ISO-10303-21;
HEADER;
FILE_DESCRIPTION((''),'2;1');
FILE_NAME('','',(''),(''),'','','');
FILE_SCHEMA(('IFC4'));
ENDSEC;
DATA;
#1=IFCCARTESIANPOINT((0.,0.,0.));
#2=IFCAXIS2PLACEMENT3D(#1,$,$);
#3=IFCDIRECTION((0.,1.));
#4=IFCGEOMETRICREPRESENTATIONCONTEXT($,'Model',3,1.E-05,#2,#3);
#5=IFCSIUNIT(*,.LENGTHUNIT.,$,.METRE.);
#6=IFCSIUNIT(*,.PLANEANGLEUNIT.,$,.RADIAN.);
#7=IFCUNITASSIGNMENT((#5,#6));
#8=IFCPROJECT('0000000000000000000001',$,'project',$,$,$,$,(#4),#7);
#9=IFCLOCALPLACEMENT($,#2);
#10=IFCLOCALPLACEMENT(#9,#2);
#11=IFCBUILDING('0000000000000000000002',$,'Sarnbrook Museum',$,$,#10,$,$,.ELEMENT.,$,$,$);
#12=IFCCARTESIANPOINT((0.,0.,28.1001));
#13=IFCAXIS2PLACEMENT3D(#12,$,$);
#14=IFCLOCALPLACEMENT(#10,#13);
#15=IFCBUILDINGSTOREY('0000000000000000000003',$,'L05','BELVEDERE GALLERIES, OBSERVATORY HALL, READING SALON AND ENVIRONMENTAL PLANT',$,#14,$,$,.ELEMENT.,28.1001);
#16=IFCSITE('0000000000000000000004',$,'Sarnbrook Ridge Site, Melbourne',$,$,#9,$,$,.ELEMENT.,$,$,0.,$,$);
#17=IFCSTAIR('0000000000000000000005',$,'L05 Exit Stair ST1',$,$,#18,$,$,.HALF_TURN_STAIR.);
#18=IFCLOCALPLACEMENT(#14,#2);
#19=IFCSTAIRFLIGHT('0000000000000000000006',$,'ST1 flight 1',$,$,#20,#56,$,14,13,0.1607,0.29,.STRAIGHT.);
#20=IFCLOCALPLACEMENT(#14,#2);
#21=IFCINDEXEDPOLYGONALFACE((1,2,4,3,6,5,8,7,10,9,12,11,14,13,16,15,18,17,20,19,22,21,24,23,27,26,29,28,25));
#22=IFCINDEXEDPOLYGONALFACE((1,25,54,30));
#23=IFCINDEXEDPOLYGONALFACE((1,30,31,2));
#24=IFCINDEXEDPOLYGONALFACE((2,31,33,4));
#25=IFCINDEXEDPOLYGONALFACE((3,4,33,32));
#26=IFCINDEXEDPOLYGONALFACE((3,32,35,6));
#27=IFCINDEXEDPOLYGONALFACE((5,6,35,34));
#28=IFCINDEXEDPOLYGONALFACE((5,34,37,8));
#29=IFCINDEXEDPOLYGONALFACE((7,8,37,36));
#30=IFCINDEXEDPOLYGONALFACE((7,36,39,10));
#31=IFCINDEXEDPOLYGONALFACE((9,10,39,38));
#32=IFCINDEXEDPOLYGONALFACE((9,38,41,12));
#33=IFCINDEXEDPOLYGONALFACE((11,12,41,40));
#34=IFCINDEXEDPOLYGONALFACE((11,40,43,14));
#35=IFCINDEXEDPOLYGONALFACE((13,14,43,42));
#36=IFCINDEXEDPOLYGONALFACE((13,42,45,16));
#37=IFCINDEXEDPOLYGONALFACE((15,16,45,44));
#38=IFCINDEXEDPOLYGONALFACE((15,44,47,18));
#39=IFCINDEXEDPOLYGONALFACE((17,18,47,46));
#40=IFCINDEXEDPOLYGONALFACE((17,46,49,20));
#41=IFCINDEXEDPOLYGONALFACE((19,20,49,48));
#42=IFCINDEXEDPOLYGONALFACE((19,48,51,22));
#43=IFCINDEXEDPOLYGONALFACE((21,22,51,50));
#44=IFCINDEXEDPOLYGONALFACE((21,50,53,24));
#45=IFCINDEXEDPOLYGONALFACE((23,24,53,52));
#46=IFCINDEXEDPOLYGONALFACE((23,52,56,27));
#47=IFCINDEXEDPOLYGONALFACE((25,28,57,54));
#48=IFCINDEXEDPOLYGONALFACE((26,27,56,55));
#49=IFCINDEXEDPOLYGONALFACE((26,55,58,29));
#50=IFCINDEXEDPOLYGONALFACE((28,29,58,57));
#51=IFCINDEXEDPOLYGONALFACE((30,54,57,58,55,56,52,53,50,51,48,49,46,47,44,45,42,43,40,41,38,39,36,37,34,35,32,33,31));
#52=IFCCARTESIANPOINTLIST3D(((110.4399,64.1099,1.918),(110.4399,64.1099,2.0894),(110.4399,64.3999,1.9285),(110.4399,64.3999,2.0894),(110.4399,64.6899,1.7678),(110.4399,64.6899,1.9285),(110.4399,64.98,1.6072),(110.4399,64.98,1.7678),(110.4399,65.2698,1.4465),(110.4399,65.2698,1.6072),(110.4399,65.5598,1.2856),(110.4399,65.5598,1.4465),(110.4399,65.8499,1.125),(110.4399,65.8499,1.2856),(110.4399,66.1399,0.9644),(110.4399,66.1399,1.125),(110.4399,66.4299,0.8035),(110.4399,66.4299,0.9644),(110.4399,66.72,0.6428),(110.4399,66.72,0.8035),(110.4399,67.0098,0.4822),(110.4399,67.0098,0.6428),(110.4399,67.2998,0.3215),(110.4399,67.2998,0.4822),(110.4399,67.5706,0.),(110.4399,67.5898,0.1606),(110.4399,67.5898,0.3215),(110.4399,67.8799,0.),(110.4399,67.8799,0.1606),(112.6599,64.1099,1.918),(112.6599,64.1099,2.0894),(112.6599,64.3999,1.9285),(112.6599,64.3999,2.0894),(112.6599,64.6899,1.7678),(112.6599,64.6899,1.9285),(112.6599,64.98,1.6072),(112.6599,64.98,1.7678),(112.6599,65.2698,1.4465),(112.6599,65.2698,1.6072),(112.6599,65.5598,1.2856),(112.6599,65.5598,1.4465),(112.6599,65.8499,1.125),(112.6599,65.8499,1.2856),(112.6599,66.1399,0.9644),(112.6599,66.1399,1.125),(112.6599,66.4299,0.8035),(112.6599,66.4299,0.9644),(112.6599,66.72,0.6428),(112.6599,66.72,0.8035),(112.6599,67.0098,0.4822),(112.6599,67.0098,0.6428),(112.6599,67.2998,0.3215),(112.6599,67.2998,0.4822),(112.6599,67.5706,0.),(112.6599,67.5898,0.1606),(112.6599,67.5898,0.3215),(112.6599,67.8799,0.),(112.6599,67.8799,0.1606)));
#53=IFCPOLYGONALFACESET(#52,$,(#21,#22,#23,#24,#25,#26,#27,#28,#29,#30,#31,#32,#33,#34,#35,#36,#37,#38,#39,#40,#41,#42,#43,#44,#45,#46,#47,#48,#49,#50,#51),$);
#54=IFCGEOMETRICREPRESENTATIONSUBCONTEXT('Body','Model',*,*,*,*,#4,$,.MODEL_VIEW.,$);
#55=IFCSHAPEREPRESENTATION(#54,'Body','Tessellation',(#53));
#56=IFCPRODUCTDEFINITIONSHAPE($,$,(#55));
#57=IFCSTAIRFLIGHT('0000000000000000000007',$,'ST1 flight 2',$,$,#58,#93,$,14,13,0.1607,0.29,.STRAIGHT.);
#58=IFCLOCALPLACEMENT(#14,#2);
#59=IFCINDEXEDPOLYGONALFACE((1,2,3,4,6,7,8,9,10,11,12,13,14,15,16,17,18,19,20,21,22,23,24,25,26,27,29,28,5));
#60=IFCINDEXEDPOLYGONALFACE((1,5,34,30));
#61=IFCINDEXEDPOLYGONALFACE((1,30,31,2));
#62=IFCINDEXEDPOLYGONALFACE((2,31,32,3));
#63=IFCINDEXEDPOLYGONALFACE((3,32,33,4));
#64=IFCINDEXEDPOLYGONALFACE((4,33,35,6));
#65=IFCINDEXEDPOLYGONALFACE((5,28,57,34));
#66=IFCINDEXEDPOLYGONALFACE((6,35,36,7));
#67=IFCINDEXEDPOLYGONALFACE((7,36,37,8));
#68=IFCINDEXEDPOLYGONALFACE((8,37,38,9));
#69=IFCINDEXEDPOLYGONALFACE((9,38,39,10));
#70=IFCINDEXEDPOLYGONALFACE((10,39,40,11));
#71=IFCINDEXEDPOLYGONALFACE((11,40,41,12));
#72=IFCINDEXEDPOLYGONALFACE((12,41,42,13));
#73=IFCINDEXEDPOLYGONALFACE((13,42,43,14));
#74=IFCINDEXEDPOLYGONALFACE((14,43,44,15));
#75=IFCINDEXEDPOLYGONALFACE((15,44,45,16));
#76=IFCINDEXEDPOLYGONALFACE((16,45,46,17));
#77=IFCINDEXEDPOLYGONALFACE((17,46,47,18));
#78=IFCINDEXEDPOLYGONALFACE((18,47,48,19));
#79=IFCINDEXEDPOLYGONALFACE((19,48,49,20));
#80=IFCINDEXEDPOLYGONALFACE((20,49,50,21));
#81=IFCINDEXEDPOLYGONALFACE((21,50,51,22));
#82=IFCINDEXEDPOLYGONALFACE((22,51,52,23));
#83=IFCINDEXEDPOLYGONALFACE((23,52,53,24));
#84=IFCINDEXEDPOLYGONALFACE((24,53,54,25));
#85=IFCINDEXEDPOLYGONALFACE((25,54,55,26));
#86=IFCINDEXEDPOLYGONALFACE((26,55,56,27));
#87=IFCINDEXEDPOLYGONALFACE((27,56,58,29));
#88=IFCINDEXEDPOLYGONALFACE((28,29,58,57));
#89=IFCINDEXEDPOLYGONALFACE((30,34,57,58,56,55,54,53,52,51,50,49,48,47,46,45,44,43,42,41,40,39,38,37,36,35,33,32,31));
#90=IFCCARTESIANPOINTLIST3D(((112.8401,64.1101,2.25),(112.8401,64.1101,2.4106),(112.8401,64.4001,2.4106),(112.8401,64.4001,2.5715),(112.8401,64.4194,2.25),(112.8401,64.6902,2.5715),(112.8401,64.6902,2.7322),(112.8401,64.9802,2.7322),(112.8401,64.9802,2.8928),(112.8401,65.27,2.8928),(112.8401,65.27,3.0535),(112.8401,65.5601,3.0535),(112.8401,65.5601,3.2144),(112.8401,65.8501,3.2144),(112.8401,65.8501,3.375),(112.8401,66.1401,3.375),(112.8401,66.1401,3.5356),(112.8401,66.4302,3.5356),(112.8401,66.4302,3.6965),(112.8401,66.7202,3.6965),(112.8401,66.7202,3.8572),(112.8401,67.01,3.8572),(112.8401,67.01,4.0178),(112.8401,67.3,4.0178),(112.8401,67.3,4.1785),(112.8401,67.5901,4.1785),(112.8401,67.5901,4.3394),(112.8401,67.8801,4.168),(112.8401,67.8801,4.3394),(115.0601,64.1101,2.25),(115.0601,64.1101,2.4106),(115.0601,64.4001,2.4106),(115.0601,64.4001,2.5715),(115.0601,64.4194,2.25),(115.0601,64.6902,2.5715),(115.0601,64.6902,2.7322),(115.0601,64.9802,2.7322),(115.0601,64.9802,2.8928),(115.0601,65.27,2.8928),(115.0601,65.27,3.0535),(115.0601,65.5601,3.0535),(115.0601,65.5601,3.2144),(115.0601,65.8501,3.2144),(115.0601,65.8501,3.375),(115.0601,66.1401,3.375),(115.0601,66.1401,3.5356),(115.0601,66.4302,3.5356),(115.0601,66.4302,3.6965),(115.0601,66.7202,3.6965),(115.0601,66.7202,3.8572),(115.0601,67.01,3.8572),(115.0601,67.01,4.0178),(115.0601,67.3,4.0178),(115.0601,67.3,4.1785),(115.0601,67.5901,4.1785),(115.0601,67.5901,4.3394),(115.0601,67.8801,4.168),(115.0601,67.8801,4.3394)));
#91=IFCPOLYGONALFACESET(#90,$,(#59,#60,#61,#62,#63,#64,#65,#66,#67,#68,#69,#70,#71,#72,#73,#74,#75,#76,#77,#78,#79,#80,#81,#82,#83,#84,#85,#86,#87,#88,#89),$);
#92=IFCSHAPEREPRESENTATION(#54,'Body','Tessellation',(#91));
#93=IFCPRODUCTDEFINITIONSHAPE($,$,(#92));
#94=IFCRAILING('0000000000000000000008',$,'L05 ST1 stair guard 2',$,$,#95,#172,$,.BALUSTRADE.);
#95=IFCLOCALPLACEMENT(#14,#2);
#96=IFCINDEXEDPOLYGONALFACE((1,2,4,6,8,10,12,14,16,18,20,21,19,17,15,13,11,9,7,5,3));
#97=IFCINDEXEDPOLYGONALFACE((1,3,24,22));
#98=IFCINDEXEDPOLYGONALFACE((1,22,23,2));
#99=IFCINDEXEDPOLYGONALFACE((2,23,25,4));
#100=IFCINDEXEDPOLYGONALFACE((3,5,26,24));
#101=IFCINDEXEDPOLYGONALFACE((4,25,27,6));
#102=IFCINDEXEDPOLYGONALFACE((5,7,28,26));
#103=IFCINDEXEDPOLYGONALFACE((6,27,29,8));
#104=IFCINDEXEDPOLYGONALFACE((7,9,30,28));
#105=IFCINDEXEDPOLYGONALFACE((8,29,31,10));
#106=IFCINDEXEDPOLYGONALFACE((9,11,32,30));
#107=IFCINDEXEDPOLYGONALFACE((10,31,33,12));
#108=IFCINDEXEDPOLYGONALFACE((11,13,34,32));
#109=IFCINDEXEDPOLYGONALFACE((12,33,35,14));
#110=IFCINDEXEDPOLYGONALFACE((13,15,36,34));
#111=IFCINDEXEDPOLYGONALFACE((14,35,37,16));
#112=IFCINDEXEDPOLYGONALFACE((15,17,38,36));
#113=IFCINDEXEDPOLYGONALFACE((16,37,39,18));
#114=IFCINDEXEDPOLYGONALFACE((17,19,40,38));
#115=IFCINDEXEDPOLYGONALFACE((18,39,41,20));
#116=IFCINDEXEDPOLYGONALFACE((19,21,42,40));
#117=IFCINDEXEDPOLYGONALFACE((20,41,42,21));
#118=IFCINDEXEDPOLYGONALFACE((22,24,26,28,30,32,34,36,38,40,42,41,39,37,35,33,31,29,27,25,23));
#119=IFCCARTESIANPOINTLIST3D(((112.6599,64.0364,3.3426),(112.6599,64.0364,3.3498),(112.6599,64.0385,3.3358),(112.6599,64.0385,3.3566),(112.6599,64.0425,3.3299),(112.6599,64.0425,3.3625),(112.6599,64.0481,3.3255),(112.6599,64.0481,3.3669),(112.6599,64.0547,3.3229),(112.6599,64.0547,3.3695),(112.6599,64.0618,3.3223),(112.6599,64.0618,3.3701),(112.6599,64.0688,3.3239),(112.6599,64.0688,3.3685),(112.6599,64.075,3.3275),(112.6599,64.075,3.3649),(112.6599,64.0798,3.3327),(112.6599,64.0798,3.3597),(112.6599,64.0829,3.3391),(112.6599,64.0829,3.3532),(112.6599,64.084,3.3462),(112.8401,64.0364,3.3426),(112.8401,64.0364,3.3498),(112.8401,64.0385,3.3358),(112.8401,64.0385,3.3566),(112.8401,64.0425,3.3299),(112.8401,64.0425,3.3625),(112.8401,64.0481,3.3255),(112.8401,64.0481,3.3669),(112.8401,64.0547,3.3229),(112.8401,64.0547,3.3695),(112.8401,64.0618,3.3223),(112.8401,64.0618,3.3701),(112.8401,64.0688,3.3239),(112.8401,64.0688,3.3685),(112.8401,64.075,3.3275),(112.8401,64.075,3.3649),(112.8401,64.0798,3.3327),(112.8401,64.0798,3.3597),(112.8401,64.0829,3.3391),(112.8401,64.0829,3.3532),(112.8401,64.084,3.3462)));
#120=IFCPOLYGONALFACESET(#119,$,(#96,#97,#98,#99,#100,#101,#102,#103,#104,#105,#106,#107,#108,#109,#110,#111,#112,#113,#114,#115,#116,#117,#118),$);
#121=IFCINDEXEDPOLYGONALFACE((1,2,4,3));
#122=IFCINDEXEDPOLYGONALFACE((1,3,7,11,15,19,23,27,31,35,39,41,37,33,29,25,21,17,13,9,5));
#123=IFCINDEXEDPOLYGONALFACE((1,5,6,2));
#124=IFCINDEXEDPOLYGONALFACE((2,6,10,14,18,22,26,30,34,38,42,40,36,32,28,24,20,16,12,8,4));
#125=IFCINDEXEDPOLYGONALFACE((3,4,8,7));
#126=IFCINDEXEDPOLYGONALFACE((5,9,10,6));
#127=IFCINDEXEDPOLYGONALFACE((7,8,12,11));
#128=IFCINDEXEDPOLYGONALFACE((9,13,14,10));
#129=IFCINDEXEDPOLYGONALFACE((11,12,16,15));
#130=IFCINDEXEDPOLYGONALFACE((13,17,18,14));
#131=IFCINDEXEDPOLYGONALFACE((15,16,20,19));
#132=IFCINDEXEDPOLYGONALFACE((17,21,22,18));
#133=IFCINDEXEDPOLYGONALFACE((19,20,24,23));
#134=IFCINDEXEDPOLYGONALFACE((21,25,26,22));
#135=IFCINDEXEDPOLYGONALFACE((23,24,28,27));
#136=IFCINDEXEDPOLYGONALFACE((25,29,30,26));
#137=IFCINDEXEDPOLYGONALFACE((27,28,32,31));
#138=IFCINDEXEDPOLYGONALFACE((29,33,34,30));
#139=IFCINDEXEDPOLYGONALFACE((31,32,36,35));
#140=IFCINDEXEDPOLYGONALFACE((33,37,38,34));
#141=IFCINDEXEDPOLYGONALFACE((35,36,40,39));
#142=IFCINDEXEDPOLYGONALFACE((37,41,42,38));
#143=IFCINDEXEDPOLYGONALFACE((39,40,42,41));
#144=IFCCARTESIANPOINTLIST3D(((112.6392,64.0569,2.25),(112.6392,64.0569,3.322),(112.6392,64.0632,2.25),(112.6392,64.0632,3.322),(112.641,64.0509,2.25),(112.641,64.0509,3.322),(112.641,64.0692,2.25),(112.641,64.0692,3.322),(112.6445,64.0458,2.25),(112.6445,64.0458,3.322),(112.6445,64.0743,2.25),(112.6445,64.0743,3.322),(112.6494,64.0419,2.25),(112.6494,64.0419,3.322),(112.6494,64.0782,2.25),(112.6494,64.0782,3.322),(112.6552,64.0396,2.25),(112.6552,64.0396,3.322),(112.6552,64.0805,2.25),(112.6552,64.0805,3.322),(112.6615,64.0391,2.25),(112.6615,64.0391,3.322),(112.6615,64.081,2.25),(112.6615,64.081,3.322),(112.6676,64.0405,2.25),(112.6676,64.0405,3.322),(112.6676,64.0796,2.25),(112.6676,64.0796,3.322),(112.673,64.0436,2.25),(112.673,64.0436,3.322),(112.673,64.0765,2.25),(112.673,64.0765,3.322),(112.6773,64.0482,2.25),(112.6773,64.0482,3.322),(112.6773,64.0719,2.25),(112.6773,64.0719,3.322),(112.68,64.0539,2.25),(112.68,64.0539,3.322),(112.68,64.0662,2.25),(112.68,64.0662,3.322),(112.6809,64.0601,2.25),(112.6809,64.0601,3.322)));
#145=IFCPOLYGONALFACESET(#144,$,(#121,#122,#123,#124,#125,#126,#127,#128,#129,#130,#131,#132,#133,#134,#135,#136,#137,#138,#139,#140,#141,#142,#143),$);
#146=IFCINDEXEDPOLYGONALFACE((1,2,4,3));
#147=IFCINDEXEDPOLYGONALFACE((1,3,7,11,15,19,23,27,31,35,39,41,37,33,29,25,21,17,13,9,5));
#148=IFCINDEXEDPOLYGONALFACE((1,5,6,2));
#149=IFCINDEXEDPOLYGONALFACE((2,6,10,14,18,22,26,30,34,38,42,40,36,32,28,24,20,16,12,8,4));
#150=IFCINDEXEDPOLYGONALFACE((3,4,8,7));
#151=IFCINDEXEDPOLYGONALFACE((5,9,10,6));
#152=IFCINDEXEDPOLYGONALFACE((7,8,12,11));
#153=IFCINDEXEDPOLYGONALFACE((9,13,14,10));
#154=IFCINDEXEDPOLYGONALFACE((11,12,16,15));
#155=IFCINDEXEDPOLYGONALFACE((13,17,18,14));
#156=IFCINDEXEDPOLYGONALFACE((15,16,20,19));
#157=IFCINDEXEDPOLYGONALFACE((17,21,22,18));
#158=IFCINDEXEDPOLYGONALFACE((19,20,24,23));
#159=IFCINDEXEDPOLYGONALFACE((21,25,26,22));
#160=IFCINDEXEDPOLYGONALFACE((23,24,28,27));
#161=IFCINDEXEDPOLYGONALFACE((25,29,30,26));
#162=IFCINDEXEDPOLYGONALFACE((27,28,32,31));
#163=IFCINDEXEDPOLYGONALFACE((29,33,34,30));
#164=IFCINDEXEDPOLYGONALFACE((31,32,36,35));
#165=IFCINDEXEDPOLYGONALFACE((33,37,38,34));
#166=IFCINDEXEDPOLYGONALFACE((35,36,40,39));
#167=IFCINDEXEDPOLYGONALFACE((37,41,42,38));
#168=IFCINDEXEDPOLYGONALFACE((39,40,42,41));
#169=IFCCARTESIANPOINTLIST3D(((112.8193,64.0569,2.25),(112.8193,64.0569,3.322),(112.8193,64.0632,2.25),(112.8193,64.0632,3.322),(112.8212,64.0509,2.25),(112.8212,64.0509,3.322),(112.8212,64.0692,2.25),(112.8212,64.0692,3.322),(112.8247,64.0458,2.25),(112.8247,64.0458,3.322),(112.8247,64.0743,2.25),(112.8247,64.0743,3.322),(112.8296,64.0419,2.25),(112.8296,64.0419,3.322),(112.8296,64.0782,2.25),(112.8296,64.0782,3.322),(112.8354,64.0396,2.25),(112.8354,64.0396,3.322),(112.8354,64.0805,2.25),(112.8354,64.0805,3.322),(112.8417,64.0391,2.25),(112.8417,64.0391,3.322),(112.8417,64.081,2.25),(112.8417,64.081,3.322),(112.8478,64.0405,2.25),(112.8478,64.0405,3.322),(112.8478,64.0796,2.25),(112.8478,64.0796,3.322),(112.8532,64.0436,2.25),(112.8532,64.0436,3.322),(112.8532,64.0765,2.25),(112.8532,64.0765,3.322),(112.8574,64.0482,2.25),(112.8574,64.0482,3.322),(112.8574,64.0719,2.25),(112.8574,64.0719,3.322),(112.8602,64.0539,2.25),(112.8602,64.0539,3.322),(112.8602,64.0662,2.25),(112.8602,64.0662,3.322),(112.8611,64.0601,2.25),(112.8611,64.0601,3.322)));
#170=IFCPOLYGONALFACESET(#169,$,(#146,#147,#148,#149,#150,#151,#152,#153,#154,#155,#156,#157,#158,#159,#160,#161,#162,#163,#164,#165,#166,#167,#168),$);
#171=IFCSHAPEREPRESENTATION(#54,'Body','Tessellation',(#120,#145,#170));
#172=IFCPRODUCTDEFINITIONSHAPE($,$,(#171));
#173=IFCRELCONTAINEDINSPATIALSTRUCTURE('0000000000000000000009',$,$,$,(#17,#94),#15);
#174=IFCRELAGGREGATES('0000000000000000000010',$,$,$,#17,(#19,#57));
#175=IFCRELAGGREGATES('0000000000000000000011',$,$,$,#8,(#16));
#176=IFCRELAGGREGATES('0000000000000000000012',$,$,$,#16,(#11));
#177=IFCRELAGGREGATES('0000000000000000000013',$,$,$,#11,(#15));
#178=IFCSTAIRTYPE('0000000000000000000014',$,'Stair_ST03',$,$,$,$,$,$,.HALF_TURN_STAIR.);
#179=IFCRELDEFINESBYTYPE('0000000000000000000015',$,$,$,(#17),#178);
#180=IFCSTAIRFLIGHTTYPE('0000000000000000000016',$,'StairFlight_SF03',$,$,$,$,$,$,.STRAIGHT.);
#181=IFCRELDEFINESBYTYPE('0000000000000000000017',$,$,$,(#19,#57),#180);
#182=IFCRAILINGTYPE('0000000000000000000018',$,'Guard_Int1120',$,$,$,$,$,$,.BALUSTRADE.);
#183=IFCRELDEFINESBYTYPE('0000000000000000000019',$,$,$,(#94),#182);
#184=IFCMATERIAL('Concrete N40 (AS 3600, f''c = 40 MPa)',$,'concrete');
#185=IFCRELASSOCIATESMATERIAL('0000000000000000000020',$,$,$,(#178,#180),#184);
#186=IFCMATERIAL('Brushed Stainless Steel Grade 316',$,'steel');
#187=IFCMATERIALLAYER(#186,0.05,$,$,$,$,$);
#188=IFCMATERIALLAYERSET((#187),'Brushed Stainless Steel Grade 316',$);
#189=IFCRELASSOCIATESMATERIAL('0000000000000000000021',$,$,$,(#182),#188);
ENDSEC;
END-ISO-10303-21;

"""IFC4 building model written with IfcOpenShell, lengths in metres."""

from ifc_helpers import new_model, si_unit, direction, frame, origin, origin_2d, place, context, subcontext, project, spatial, polyline, circle, outline, extrude, material, layer, layer_set, type_object, element, aggregate, save


model = new_model("IFC4")

# Units and contexts
model_context = context("Model", 3, precision=1e-05, world=origin(), true_north=direction((0.0, 1.0)))
body_context = subcontext(model_context, "Body", "Model", "MODEL_VIEW")
ifc_project = project(units=[si_unit("LENGTHUNIT", "METRE"), si_unit("PLANEANGLEUNIT", "RADIAN")], contexts=[model_context])

# Site, building, storey
site_placement = place(None, origin())
site = spatial("IfcSite", under=ifc_project, at=site_placement, Name="Sarnbrook Ridge Site, Melbourne", CompositionType="ELEMENT", RefElevation=0.0)
building_placement = place(site_placement, origin())
building = spatial("IfcBuilding", under=site, at=building_placement, Name="Sarnbrook Museum", CompositionType="ELEMENT")
storey_placement = place(building_placement, frame((0.0, 0.0, 28.1001)))
storey = spatial("IfcBuildingStorey", under=building, at=storey_placement, Name="L05", Description="BELVEDERE GALLERIES, OBSERVATORY HALL, READING SALON AND ENVIRONMENTAL PLANT", CompositionType="ELEMENT", Elevation=28.1001)

# Shared definitions
ifc_material_1 = material(Name="Concrete N40 (AS 3600, f'c = 40 MPa)", Category="concrete")
ifc_material_2 = material(Name="Brushed Stainless Steel Grade 316", Category="steel")

# Stair, stair flights
stair_type = type_object("IfcStairType", Name="Stair_ST03", PredefinedType="HALF_TURN_STAIR", material=ifc_material_1)
stair_placement = place(storey_placement, origin())
stair = element("IfcStair", 1, at=stair_placement, inside=storey, type_object=stair_type, Name="L05 Exit Stair ST1", PredefinedType="HALF_TURN_STAIR")
stair_flight_type = type_object("IfcStairFlightType", Name="StairFlight_SF03", PredefinedType="STRAIGHT", material=ifc_material_1)
stair_flight_1_placement = place(storey_placement, frame((111.55, 67.8799, 0.0), z_axis=(0.0, 0.0, 1.0), x_axis=(0.0, -1.0, 0.0)))
stair_flight_1 = element("IfcStairFlight", 2, at=stair_flight_1_placement, type_object=stair_flight_type, Name="ST1 flight 1", NumberOfRisers=14, NumberOfTreads=13, PredefinedType="STRAIGHT", RiserHeight=0.1607, TreadLength=0.29, context=body_context, shape_type="SweptSolid", body=[
    extrude(outline(polyline([(0.0, 0.0), (0.0, 0.1606), (0.29, 0.1606), (0.29, 0.3215), (0.5801, 0.3215), (0.5801, 0.4822), (0.8701, 0.4822), (0.8701, 0.6428), (1.1599, 0.6428), (1.1599, 0.8035), (1.45, 0.8035), (1.45, 0.9644), (1.74, 0.9644), (1.74, 1.125), (2.03, 1.125), (2.03, 1.2856), (2.3201, 1.2856), (2.3201, 1.4465), (2.6101, 1.4465), (2.6101, 1.6072), (2.8999, 1.6072), (2.8999, 1.7678), (3.1899, 1.7678), (3.1899, 1.9285), (3.48, 1.9285), (3.48, 2.0894), (3.77, 2.0894), (3.77, 2.25), (3.77, 1.918), (0.3093, 0.0), (0.0, 0.0)])), frame((0.0, 1.1099, 0.0), z_axis=(0.0, -1.0, 0.0), x_axis=(1.0, 0.0, 0.0)), (0.0, 0.0, 1.0), 2.22),
])
stair_flight_2_placement = place(storey_placement, frame((113.95, 64.1101, 2.25), z_axis=(0.0, 0.0, 1.0), x_axis=(0.0, 1.0, 0.0)))
stair_flight_2 = element("IfcStairFlight", 3, at=stair_flight_2_placement, type_object=stair_flight_type, Name="ST1 flight 2", NumberOfRisers=14, NumberOfTreads=13, PredefinedType="STRAIGHT", RiserHeight=0.1607, TreadLength=0.29, context=body_context, shape_type="SweptSolid", body=[
    extrude(outline(polyline([(0.0, 0.0), (0.0, 0.1606), (0.29, 0.1606), (0.29, 0.3215), (0.5801, 0.3215), (0.5801, 0.4822), (0.8701, 0.4822), (0.8701, 0.6428), (1.1599, 0.6428), (1.1599, 0.8035), (1.45, 0.8035), (1.45, 0.9644), (1.74, 0.9644), (1.74, 1.125), (2.03, 1.125), (2.03, 1.2856), (2.3201, 1.2856), (2.3201, 1.4465), (2.6101, 1.4465), (2.6101, 1.6072), (2.8999, 1.6072), (2.8999, 1.7678), (3.1899, 1.7678), (3.1899, 1.9285), (3.48, 1.9285), (3.48, 2.0894), (3.77, 2.0894), (3.77, 2.25), (3.77, 1.918), (0.3093, 0.0), (0.0, 0.0)])), frame((0.0, 1.1099, 0.0), z_axis=(0.0, -1.0, 0.0), x_axis=(1.0, 0.0, 0.0)), (0.0, 0.0, 1.0), 2.22),
])
aggregate(stair, [stair_flight_1, stair_flight_2])

# Railing
ifc_layer_1 = layer(ifc_material_2, 0.05)
ifc_layer_set_1 = layer_set([ifc_layer_1], Name="Brushed Stainless Steel Grade 316")
railing_type_1 = type_object("IfcRailingType", Name="Guard_Int1120", PredefinedType="BALUSTRADE", material=ifc_layer_set_1)
railing_1_placement = place(storey_placement, frame((112.6599, 64.0601, 2.25)))
element("IfcRailing", 4, at=railing_1_placement, inside=storey, type_object=railing_type_1, Name="L05 ST1 stair guard 2", PredefinedType="BALUSTRADE", context=body_context, shape_type="SweptSolid", body=[
    extrude(circle(Radius=0.0239, at=origin_2d()), frame((0.0, 0.0, 1.0962), z_axis=(1.0, 0.0, 0.0), x_axis=(0.0, 1.0, 0.0)), (0.0, 0.0, 1.0), 0.1802),
    extrude(circle(Radius=0.021, at=origin_2d()), origin(), (0.0, 0.0, 1.0), 1.072),
    extrude(circle(Radius=0.021, at=origin_2d()), frame((0.1802, 0.0, 0.0)), (0.0, 0.0, 1.0), 1.072),
])

save(model, "model.ifc")
